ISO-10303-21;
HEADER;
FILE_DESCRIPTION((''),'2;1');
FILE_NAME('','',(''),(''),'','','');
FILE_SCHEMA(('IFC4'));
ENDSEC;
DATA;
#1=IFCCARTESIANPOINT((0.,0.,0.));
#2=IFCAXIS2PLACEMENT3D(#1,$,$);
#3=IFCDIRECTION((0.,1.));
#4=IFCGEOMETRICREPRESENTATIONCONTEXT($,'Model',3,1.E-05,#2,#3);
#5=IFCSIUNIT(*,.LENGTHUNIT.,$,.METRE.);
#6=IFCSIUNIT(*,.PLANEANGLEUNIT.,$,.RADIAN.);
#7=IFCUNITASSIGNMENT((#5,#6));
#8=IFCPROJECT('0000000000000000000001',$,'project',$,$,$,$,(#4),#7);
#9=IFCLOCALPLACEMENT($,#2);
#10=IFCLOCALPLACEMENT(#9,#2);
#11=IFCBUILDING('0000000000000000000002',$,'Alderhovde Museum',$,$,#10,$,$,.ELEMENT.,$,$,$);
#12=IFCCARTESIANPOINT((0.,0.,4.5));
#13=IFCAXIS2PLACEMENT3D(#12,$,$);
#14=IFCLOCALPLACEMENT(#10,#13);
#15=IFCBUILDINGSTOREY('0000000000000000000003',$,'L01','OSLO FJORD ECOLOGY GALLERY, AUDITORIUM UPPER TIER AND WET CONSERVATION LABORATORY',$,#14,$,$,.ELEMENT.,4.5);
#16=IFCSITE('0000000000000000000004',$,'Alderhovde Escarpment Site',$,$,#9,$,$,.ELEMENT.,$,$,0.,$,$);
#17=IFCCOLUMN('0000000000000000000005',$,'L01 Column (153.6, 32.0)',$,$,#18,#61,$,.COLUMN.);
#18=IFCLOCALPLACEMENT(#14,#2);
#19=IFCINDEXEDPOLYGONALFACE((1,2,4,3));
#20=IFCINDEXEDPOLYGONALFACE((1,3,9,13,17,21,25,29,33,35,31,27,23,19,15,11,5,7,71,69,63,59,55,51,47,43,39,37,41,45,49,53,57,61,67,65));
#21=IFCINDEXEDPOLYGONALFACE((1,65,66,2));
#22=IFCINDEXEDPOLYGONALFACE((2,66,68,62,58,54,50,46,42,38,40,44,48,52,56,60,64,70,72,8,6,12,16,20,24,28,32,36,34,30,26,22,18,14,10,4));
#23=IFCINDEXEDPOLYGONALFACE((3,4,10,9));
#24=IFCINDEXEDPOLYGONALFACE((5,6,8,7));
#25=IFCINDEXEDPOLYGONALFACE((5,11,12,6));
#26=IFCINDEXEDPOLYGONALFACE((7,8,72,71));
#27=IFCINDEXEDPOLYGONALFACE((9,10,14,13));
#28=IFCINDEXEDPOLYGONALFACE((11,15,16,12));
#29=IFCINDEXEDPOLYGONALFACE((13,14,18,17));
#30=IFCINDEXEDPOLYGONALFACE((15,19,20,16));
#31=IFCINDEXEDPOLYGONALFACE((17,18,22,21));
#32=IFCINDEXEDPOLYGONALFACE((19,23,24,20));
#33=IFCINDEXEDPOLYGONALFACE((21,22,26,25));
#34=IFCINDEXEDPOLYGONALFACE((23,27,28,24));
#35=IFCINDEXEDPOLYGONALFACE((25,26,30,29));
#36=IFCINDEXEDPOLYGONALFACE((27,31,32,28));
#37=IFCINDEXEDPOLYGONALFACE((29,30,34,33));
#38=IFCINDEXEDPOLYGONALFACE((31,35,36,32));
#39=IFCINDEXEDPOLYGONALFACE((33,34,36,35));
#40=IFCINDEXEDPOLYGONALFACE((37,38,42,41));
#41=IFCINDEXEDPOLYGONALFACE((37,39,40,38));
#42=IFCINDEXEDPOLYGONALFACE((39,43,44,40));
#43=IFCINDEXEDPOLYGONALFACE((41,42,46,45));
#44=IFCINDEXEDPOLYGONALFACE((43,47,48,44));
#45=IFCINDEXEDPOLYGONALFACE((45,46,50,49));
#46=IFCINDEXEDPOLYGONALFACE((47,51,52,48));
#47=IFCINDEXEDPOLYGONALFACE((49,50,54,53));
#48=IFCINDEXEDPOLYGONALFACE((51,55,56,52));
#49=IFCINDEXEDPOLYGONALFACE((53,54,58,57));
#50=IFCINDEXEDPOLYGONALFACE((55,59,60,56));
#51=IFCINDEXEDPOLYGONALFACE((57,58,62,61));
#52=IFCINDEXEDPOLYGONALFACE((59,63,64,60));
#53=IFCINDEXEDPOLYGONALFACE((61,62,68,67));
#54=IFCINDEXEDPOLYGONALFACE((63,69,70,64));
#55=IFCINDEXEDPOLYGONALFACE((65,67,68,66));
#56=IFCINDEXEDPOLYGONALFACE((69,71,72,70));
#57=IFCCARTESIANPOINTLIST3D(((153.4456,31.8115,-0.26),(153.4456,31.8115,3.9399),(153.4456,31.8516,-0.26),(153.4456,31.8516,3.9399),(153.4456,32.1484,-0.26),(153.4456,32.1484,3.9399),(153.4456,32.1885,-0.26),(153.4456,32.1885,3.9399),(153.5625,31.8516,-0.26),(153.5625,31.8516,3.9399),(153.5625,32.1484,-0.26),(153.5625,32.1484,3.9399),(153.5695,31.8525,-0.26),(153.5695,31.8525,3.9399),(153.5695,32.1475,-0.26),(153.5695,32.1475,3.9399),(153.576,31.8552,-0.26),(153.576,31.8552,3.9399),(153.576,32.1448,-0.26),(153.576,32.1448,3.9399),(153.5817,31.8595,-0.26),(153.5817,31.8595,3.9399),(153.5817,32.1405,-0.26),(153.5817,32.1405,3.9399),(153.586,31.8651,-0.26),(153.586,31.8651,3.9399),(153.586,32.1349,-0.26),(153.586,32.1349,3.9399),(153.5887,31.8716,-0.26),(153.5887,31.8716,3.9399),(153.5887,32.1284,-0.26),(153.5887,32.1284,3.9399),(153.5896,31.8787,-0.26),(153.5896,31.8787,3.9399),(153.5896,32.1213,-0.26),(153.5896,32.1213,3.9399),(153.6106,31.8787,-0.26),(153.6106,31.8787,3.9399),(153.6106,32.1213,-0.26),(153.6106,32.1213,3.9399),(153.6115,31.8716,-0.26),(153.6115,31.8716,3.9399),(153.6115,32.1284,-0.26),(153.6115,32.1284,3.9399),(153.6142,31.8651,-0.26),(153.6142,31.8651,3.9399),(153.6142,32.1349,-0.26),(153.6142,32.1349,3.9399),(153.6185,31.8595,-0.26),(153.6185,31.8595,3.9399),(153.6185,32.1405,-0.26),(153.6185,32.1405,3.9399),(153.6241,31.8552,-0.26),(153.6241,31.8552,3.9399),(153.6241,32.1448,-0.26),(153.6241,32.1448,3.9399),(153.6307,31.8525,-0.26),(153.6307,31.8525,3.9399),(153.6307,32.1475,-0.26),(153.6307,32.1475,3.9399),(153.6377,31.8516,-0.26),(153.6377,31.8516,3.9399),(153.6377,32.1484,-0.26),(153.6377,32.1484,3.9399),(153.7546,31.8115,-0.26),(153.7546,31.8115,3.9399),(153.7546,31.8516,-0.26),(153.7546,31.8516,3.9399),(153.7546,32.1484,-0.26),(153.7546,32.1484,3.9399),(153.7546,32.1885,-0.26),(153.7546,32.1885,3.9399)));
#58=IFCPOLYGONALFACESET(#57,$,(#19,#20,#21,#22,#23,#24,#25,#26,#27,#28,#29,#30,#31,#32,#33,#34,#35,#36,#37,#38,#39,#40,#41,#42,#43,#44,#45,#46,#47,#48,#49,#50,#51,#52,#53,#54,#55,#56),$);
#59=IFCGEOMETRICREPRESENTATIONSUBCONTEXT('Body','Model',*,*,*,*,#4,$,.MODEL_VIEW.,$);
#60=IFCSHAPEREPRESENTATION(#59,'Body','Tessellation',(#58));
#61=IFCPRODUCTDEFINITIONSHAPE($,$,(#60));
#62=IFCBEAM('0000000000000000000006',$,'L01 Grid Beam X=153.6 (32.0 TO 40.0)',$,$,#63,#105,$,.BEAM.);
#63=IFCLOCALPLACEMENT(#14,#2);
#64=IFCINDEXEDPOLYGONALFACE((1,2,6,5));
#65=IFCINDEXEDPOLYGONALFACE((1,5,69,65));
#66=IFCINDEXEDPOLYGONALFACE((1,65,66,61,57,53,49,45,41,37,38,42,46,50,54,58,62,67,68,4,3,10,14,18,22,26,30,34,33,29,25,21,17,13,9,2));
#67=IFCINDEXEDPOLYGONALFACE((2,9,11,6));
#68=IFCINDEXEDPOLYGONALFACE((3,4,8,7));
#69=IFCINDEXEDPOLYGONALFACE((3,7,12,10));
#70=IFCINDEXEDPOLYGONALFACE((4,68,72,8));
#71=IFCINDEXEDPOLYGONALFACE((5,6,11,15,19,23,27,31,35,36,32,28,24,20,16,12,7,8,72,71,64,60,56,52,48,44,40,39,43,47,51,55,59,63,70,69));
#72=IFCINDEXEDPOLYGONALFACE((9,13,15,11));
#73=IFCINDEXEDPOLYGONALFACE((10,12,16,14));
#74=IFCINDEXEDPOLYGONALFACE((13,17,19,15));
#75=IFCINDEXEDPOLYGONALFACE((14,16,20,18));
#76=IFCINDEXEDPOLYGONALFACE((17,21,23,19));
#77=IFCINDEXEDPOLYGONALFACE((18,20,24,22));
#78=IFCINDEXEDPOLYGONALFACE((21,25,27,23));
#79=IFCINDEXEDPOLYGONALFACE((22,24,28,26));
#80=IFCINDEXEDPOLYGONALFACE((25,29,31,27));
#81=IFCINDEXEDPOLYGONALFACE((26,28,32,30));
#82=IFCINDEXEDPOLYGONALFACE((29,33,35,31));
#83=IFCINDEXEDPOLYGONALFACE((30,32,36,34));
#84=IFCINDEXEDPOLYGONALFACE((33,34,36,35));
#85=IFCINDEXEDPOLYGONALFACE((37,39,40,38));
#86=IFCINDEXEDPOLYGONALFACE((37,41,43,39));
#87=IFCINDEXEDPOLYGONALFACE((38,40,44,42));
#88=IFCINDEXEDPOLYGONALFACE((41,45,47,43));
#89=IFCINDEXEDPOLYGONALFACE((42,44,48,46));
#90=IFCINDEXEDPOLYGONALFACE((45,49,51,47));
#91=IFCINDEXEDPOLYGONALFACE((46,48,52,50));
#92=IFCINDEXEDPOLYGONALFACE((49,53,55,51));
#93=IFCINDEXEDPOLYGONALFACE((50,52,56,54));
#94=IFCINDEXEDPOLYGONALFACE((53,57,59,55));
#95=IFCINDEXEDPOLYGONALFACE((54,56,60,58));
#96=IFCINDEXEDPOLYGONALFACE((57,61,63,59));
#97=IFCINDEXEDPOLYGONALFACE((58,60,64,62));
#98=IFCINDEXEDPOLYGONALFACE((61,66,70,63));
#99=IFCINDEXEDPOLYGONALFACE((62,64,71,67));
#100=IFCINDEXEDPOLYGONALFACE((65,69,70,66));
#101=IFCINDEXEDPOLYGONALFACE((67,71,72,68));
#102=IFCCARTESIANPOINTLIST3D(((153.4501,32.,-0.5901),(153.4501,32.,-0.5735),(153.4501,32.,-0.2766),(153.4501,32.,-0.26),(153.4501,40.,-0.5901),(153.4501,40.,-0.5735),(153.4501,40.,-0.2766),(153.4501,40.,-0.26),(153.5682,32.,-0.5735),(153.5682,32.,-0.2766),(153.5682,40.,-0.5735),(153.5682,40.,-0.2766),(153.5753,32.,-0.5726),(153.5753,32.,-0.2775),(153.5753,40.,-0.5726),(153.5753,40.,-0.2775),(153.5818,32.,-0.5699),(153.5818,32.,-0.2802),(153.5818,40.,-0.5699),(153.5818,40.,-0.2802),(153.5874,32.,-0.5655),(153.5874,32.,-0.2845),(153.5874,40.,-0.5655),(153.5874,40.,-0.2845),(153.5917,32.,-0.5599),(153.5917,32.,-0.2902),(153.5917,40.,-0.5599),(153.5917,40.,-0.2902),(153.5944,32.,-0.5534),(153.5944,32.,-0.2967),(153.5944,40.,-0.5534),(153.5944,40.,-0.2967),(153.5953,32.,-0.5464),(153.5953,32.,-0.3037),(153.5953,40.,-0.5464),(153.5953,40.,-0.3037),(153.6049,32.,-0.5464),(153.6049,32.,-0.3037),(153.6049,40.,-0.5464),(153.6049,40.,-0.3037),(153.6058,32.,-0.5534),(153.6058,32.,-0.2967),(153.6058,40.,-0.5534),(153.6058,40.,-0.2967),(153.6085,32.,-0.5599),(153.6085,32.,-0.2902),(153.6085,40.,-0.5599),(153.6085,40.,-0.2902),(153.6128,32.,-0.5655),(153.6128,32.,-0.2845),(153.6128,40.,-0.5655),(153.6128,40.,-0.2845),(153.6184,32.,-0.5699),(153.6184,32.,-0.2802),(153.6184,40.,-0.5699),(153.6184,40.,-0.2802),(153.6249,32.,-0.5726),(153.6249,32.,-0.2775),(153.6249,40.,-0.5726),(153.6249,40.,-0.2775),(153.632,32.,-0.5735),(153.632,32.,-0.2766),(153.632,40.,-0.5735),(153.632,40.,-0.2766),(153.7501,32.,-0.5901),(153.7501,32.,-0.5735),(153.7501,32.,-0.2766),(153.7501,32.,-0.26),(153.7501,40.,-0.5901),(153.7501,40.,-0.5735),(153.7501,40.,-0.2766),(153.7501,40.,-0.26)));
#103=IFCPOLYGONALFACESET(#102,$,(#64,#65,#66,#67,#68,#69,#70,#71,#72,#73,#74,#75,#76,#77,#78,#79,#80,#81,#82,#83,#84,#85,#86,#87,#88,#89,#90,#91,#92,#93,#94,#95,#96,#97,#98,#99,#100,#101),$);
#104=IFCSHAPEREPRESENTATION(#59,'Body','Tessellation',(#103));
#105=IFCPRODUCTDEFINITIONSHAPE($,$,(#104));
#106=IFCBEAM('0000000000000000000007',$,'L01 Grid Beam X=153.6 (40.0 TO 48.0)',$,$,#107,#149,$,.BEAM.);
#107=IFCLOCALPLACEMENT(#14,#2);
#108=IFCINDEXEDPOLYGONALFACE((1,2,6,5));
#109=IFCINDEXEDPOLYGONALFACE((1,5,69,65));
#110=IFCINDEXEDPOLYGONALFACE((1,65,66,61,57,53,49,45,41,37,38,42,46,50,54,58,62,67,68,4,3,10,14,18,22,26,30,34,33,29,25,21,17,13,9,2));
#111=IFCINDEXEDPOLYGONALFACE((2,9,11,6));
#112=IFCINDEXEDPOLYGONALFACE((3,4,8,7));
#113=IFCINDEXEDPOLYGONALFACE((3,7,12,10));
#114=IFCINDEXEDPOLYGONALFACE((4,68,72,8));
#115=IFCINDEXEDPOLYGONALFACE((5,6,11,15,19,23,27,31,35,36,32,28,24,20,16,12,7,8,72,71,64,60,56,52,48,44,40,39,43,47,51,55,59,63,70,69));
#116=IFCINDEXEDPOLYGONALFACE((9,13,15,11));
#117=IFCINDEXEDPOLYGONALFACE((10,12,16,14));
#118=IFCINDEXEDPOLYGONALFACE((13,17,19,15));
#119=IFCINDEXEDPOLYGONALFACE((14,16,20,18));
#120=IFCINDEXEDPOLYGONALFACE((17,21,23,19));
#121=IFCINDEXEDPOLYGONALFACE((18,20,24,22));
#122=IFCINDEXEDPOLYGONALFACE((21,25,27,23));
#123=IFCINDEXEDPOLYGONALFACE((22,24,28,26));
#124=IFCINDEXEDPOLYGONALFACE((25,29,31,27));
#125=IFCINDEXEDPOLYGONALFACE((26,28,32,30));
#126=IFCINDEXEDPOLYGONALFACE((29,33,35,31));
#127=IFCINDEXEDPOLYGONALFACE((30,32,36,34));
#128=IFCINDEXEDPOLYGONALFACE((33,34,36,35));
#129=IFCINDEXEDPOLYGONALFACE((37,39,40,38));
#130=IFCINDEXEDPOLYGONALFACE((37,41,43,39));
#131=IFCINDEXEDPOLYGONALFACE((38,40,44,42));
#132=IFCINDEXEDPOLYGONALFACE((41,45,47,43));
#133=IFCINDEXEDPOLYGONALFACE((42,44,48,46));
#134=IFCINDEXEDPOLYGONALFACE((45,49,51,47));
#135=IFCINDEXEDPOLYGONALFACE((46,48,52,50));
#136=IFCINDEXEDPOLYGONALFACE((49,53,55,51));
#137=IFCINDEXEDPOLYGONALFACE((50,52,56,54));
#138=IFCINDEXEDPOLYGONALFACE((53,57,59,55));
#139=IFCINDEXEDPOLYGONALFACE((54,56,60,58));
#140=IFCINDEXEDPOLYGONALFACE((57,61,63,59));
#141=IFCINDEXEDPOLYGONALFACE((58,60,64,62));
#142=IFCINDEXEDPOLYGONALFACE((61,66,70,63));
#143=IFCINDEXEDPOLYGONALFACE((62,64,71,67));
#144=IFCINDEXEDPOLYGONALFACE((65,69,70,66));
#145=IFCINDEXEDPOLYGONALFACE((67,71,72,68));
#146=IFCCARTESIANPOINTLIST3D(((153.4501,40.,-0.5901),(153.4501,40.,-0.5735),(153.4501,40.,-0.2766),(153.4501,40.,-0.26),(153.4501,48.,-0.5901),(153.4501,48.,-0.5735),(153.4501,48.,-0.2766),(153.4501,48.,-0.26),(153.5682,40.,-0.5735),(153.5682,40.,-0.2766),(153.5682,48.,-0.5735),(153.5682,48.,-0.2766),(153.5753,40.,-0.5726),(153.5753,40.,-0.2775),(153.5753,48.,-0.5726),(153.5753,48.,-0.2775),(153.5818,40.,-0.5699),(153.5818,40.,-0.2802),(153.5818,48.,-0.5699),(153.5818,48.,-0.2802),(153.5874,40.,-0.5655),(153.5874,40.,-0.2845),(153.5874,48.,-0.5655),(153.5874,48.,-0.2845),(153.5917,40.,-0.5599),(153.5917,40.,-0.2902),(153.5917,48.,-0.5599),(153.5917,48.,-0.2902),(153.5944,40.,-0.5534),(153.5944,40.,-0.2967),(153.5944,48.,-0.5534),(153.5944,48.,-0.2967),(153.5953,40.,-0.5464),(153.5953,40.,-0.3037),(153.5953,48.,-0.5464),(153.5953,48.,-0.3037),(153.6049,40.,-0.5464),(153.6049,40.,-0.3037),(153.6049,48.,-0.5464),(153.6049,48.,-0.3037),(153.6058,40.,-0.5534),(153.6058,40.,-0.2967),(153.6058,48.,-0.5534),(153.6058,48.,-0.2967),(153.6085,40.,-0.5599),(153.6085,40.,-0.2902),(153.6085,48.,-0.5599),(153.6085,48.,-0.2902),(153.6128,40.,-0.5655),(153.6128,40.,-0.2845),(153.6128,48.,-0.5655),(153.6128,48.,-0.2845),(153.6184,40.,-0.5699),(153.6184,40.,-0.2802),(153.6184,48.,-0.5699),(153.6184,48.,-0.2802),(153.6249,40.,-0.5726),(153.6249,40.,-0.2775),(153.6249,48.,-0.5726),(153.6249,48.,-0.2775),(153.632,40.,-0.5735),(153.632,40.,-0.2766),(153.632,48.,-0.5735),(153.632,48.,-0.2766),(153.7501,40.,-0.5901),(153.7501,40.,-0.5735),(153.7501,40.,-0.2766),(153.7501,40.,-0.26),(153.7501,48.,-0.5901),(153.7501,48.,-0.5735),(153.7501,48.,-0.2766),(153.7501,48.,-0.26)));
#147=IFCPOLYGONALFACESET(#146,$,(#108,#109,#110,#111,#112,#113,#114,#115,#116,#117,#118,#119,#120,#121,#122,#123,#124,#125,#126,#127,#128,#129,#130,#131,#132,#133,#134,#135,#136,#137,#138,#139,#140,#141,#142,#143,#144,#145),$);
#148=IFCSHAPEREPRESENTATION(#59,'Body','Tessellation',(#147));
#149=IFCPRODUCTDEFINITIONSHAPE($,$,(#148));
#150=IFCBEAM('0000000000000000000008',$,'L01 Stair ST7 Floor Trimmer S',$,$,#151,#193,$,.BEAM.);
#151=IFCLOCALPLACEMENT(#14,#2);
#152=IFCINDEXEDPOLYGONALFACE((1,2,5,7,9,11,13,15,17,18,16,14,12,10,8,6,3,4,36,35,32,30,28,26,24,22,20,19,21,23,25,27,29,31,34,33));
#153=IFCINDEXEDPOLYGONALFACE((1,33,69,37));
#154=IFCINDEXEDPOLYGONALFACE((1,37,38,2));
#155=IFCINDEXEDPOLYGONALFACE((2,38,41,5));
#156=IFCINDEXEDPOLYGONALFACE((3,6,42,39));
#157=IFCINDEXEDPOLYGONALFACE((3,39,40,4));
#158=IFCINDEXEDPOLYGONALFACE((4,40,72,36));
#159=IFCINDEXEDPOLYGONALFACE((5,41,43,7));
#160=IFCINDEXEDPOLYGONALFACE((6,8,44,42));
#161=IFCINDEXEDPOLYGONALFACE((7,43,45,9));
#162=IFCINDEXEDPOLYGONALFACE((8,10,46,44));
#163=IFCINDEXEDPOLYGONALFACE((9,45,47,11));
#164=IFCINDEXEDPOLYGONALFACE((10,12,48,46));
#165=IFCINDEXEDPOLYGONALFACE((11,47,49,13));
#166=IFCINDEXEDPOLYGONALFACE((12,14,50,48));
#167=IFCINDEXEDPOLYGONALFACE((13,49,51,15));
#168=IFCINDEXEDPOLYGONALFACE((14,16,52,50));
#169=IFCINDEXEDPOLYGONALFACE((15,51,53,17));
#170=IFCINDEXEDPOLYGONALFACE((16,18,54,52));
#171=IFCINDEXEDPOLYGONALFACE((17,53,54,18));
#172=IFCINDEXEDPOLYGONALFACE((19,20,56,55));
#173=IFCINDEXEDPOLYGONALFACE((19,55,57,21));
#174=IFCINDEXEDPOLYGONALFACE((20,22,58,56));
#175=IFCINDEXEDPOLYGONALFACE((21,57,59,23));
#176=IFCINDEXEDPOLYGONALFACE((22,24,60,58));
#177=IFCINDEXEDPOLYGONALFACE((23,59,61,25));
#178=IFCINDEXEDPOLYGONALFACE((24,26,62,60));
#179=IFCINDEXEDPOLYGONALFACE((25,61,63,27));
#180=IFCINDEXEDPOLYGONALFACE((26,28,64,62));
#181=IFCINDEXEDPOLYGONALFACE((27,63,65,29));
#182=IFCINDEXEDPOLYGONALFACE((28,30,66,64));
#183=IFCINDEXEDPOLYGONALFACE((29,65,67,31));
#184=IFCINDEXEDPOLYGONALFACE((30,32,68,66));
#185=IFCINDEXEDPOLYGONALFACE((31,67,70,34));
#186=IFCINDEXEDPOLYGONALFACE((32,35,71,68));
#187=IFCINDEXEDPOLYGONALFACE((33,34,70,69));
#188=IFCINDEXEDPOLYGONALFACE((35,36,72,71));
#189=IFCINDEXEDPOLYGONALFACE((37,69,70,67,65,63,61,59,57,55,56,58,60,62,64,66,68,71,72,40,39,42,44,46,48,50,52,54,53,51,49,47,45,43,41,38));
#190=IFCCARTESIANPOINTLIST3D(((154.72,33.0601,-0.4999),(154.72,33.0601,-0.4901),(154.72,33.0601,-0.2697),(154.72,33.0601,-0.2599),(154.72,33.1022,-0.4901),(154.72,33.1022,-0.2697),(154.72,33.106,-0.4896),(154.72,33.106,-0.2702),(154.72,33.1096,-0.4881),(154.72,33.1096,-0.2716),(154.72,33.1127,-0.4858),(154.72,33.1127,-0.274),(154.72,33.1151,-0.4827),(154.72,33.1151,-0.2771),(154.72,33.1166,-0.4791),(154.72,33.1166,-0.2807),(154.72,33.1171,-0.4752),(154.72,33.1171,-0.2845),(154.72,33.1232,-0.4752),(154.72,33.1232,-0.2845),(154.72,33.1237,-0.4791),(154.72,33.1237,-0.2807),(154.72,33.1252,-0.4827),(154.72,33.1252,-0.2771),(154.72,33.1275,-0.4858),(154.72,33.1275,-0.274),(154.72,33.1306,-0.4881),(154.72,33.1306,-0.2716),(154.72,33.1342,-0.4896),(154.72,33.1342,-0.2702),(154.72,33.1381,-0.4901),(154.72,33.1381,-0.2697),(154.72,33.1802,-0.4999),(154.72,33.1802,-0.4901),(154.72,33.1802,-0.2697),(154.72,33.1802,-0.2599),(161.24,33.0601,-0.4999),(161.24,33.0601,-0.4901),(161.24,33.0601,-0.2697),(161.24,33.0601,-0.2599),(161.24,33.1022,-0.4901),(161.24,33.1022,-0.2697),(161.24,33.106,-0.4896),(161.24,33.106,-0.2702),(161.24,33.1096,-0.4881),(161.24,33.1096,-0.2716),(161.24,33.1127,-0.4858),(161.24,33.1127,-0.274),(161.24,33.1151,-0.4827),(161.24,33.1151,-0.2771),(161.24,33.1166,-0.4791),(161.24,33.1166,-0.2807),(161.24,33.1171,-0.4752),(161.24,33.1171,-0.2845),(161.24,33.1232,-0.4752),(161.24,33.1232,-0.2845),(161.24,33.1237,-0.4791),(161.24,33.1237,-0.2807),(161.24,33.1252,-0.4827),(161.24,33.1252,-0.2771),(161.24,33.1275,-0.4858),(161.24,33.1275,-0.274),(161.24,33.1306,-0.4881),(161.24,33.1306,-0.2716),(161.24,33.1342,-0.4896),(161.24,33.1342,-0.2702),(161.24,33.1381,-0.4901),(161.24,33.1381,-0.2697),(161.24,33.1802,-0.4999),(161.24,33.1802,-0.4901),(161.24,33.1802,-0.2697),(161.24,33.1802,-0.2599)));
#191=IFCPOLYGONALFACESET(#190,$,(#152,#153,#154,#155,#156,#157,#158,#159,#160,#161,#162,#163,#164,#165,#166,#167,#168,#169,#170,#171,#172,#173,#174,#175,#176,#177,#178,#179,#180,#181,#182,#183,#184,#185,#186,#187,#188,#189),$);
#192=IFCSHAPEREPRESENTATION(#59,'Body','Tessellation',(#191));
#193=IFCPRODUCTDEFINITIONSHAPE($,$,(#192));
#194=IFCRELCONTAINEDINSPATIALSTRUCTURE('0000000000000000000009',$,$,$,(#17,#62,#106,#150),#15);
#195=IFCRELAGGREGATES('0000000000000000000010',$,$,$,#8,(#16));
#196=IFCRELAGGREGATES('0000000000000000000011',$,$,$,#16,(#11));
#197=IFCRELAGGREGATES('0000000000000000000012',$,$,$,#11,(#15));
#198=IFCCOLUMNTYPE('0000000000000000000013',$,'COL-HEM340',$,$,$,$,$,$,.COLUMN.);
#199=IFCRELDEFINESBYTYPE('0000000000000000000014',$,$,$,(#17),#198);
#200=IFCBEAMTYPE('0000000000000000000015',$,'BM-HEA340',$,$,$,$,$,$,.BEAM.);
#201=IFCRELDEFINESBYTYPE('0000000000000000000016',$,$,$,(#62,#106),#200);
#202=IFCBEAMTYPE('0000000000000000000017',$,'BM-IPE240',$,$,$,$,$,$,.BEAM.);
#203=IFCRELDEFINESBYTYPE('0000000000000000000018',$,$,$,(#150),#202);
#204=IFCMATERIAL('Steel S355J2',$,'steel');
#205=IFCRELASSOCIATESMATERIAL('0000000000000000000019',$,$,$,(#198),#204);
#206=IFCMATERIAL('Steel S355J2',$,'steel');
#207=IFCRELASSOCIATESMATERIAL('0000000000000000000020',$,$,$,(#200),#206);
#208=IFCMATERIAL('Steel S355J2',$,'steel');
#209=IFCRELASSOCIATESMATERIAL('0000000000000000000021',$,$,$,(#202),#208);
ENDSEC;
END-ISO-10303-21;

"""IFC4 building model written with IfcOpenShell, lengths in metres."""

from ifc_helpers import new_model, si_unit, direction, frame, origin, origin_2d, place, context, subcontext, project, spatial, i_section, extrude, material, material_profile, profile_set, type_object, element, save


model = new_model("IFC4")

# Units and contexts
model_context = context("Model", 3, precision=1e-05, world=origin(), true_north=direction((0.0, 1.0)))
body_context = subcontext(model_context, "Body", "Model", "MODEL_VIEW")
ifc_project = project(units=[si_unit("LENGTHUNIT", "METRE"), si_unit("PLANEANGLEUNIT", "RADIAN")], contexts=[model_context])

# Site, building, storey
site_placement = place(None, origin())
site = spatial("IfcSite", under=ifc_project, at=site_placement, Name="Alderhovde Escarpment Site", CompositionType="ELEMENT", RefElevation=0.0)
building_placement = place(site_placement, origin())
building = spatial("IfcBuilding", under=site, at=building_placement, Name="Alderhovde Museum", CompositionType="ELEMENT")
storey_placement = place(building_placement, frame((0.0, 0.0, 4.5)))
storey = spatial("IfcBuildingStorey", under=building, at=storey_placement, Name="L01", Description="OSLO FJORD ECOLOGY GALLERY, AUDITORIUM UPPER TIER AND WET CONSERVATION LABORATORY", CompositionType="ELEMENT", Elevation=4.5)

# Column
ifc_material_1 = material(Name="Steel S355J2", Category="steel")
ifc_material_profile_1 = material_profile(ifc_material_1, i_section(OverallWidth=0.3091, OverallDepth=0.377, WebThickness=0.021, FlangeThickness=0.04, FilletRadius=0.0271, at=origin_2d()), Name="HEM 340")
ifc_profile_set_1 = profile_set([ifc_material_profile_1], Name="Steel S355J2")
column_type_1 = type_object("IfcColumnType", Name="COL-HEM340", PredefinedType="COLUMN", material=ifc_profile_set_1)
column_1_placement = place(storey_placement, frame((153.6001, 32.0, -0.26), z_axis=(0.0, 0.0, 1.0), x_axis=(1.0, 0.0, 0.0)))
element("IfcColumn", 1, at=column_1_placement, inside=storey, type_object=column_type_1, Name="L01 Column (153.6, 32.0)", PredefinedType="COLUMN", context=body_context, shape_type="SweptSolid", body=[
    extrude(i_section(OverallWidth=0.3091, OverallDepth=0.377, WebThickness=0.021, FlangeThickness=0.04, FilletRadius=0.0271, at=origin_2d()), origin(), (0.0, 0.0, 1.0), 4.2),
])

# Beams
ifc_material_2 = material(Name="Steel S355J2", Category="steel")
ifc_material_profile_2 = material_profile(ifc_material_2, i_section(OverallWidth=0.3, OverallDepth=0.3301, WebThickness=0.0095, FlangeThickness=0.0166, FilletRadius=0.0271, at=origin_2d()), Name="HEA 340")
ifc_profile_set_2 = profile_set([ifc_material_profile_2], Name="Steel S355J2")
beam_type_1 = type_object("IfcBeamType", Name="BM-HEA340", PredefinedType="BEAM", material=ifc_profile_set_2)
for number, where, z_axis, x_axis, name in (
    (2, (153.6001, 32.0, -0.425), (0.0, 1.0, 0.0), (-1.0, 0.0, 0.0), "L01 Grid Beam X=153.6 (32.0 TO 40.0)"),
    (3, (153.6001, 40.0, -0.425), (0.0, 1.0, 0.0), (-1.0, 0.0, 0.0), "L01 Grid Beam X=153.6 (40.0 TO 48.0)"),
):
    element("IfcBeam", number, at=place(storey_placement, frame(where, z_axis=z_axis, x_axis=x_axis)), inside=storey, type_object=beam_type_1, Name=name, PredefinedType="BEAM", context=body_context, shape_type="SweptSolid", body=[
        extrude(i_section(OverallWidth=0.3, OverallDepth=0.3301, WebThickness=0.0095, FlangeThickness=0.0166, FilletRadius=0.0271, at=origin_2d()), origin(), (0.0, 0.0, 1.0), 8.0),
    ])
ifc_material_3 = material(Name="Steel S355J2", Category="steel")
ifc_material_profile_3 = material_profile(ifc_material_3, i_section(OverallWidth=0.1201, OverallDepth=0.24, WebThickness=0.0061, FlangeThickness=0.0098, FilletRadius=0.0149, at=origin_2d()), Name="IPE 240")
ifc_profile_set_3 = profile_set([ifc_material_profile_3], Name="Steel S355J2")
beam_type_2 = type_object("IfcBeamType", Name="BM-IPE240", PredefinedType="BEAM", material=ifc_profile_set_3)
for number, where, z_axis, x_axis, name in (
    (4, (154.72, 33.1201, -0.3799), (1.0, 0.0, 0.0), (0.0, 1.0, 0.0), "L01 Stair ST7 Floor Trimmer S"),
):
    element("IfcBeam", number, at=place(storey_placement, frame(where, z_axis=z_axis, x_axis=x_axis)), inside=storey, type_object=beam_type_2, Name=name, PredefinedType="BEAM", context=body_context, shape_type="SweptSolid", body=[
        extrude(i_section(OverallWidth=0.1201, OverallDepth=0.24, WebThickness=0.0061, FlangeThickness=0.0098, FilletRadius=0.0149, at=origin_2d()), origin(), (0.0, 0.0, 1.0), 6.52),
    ])

save(model, "model.ifc")
